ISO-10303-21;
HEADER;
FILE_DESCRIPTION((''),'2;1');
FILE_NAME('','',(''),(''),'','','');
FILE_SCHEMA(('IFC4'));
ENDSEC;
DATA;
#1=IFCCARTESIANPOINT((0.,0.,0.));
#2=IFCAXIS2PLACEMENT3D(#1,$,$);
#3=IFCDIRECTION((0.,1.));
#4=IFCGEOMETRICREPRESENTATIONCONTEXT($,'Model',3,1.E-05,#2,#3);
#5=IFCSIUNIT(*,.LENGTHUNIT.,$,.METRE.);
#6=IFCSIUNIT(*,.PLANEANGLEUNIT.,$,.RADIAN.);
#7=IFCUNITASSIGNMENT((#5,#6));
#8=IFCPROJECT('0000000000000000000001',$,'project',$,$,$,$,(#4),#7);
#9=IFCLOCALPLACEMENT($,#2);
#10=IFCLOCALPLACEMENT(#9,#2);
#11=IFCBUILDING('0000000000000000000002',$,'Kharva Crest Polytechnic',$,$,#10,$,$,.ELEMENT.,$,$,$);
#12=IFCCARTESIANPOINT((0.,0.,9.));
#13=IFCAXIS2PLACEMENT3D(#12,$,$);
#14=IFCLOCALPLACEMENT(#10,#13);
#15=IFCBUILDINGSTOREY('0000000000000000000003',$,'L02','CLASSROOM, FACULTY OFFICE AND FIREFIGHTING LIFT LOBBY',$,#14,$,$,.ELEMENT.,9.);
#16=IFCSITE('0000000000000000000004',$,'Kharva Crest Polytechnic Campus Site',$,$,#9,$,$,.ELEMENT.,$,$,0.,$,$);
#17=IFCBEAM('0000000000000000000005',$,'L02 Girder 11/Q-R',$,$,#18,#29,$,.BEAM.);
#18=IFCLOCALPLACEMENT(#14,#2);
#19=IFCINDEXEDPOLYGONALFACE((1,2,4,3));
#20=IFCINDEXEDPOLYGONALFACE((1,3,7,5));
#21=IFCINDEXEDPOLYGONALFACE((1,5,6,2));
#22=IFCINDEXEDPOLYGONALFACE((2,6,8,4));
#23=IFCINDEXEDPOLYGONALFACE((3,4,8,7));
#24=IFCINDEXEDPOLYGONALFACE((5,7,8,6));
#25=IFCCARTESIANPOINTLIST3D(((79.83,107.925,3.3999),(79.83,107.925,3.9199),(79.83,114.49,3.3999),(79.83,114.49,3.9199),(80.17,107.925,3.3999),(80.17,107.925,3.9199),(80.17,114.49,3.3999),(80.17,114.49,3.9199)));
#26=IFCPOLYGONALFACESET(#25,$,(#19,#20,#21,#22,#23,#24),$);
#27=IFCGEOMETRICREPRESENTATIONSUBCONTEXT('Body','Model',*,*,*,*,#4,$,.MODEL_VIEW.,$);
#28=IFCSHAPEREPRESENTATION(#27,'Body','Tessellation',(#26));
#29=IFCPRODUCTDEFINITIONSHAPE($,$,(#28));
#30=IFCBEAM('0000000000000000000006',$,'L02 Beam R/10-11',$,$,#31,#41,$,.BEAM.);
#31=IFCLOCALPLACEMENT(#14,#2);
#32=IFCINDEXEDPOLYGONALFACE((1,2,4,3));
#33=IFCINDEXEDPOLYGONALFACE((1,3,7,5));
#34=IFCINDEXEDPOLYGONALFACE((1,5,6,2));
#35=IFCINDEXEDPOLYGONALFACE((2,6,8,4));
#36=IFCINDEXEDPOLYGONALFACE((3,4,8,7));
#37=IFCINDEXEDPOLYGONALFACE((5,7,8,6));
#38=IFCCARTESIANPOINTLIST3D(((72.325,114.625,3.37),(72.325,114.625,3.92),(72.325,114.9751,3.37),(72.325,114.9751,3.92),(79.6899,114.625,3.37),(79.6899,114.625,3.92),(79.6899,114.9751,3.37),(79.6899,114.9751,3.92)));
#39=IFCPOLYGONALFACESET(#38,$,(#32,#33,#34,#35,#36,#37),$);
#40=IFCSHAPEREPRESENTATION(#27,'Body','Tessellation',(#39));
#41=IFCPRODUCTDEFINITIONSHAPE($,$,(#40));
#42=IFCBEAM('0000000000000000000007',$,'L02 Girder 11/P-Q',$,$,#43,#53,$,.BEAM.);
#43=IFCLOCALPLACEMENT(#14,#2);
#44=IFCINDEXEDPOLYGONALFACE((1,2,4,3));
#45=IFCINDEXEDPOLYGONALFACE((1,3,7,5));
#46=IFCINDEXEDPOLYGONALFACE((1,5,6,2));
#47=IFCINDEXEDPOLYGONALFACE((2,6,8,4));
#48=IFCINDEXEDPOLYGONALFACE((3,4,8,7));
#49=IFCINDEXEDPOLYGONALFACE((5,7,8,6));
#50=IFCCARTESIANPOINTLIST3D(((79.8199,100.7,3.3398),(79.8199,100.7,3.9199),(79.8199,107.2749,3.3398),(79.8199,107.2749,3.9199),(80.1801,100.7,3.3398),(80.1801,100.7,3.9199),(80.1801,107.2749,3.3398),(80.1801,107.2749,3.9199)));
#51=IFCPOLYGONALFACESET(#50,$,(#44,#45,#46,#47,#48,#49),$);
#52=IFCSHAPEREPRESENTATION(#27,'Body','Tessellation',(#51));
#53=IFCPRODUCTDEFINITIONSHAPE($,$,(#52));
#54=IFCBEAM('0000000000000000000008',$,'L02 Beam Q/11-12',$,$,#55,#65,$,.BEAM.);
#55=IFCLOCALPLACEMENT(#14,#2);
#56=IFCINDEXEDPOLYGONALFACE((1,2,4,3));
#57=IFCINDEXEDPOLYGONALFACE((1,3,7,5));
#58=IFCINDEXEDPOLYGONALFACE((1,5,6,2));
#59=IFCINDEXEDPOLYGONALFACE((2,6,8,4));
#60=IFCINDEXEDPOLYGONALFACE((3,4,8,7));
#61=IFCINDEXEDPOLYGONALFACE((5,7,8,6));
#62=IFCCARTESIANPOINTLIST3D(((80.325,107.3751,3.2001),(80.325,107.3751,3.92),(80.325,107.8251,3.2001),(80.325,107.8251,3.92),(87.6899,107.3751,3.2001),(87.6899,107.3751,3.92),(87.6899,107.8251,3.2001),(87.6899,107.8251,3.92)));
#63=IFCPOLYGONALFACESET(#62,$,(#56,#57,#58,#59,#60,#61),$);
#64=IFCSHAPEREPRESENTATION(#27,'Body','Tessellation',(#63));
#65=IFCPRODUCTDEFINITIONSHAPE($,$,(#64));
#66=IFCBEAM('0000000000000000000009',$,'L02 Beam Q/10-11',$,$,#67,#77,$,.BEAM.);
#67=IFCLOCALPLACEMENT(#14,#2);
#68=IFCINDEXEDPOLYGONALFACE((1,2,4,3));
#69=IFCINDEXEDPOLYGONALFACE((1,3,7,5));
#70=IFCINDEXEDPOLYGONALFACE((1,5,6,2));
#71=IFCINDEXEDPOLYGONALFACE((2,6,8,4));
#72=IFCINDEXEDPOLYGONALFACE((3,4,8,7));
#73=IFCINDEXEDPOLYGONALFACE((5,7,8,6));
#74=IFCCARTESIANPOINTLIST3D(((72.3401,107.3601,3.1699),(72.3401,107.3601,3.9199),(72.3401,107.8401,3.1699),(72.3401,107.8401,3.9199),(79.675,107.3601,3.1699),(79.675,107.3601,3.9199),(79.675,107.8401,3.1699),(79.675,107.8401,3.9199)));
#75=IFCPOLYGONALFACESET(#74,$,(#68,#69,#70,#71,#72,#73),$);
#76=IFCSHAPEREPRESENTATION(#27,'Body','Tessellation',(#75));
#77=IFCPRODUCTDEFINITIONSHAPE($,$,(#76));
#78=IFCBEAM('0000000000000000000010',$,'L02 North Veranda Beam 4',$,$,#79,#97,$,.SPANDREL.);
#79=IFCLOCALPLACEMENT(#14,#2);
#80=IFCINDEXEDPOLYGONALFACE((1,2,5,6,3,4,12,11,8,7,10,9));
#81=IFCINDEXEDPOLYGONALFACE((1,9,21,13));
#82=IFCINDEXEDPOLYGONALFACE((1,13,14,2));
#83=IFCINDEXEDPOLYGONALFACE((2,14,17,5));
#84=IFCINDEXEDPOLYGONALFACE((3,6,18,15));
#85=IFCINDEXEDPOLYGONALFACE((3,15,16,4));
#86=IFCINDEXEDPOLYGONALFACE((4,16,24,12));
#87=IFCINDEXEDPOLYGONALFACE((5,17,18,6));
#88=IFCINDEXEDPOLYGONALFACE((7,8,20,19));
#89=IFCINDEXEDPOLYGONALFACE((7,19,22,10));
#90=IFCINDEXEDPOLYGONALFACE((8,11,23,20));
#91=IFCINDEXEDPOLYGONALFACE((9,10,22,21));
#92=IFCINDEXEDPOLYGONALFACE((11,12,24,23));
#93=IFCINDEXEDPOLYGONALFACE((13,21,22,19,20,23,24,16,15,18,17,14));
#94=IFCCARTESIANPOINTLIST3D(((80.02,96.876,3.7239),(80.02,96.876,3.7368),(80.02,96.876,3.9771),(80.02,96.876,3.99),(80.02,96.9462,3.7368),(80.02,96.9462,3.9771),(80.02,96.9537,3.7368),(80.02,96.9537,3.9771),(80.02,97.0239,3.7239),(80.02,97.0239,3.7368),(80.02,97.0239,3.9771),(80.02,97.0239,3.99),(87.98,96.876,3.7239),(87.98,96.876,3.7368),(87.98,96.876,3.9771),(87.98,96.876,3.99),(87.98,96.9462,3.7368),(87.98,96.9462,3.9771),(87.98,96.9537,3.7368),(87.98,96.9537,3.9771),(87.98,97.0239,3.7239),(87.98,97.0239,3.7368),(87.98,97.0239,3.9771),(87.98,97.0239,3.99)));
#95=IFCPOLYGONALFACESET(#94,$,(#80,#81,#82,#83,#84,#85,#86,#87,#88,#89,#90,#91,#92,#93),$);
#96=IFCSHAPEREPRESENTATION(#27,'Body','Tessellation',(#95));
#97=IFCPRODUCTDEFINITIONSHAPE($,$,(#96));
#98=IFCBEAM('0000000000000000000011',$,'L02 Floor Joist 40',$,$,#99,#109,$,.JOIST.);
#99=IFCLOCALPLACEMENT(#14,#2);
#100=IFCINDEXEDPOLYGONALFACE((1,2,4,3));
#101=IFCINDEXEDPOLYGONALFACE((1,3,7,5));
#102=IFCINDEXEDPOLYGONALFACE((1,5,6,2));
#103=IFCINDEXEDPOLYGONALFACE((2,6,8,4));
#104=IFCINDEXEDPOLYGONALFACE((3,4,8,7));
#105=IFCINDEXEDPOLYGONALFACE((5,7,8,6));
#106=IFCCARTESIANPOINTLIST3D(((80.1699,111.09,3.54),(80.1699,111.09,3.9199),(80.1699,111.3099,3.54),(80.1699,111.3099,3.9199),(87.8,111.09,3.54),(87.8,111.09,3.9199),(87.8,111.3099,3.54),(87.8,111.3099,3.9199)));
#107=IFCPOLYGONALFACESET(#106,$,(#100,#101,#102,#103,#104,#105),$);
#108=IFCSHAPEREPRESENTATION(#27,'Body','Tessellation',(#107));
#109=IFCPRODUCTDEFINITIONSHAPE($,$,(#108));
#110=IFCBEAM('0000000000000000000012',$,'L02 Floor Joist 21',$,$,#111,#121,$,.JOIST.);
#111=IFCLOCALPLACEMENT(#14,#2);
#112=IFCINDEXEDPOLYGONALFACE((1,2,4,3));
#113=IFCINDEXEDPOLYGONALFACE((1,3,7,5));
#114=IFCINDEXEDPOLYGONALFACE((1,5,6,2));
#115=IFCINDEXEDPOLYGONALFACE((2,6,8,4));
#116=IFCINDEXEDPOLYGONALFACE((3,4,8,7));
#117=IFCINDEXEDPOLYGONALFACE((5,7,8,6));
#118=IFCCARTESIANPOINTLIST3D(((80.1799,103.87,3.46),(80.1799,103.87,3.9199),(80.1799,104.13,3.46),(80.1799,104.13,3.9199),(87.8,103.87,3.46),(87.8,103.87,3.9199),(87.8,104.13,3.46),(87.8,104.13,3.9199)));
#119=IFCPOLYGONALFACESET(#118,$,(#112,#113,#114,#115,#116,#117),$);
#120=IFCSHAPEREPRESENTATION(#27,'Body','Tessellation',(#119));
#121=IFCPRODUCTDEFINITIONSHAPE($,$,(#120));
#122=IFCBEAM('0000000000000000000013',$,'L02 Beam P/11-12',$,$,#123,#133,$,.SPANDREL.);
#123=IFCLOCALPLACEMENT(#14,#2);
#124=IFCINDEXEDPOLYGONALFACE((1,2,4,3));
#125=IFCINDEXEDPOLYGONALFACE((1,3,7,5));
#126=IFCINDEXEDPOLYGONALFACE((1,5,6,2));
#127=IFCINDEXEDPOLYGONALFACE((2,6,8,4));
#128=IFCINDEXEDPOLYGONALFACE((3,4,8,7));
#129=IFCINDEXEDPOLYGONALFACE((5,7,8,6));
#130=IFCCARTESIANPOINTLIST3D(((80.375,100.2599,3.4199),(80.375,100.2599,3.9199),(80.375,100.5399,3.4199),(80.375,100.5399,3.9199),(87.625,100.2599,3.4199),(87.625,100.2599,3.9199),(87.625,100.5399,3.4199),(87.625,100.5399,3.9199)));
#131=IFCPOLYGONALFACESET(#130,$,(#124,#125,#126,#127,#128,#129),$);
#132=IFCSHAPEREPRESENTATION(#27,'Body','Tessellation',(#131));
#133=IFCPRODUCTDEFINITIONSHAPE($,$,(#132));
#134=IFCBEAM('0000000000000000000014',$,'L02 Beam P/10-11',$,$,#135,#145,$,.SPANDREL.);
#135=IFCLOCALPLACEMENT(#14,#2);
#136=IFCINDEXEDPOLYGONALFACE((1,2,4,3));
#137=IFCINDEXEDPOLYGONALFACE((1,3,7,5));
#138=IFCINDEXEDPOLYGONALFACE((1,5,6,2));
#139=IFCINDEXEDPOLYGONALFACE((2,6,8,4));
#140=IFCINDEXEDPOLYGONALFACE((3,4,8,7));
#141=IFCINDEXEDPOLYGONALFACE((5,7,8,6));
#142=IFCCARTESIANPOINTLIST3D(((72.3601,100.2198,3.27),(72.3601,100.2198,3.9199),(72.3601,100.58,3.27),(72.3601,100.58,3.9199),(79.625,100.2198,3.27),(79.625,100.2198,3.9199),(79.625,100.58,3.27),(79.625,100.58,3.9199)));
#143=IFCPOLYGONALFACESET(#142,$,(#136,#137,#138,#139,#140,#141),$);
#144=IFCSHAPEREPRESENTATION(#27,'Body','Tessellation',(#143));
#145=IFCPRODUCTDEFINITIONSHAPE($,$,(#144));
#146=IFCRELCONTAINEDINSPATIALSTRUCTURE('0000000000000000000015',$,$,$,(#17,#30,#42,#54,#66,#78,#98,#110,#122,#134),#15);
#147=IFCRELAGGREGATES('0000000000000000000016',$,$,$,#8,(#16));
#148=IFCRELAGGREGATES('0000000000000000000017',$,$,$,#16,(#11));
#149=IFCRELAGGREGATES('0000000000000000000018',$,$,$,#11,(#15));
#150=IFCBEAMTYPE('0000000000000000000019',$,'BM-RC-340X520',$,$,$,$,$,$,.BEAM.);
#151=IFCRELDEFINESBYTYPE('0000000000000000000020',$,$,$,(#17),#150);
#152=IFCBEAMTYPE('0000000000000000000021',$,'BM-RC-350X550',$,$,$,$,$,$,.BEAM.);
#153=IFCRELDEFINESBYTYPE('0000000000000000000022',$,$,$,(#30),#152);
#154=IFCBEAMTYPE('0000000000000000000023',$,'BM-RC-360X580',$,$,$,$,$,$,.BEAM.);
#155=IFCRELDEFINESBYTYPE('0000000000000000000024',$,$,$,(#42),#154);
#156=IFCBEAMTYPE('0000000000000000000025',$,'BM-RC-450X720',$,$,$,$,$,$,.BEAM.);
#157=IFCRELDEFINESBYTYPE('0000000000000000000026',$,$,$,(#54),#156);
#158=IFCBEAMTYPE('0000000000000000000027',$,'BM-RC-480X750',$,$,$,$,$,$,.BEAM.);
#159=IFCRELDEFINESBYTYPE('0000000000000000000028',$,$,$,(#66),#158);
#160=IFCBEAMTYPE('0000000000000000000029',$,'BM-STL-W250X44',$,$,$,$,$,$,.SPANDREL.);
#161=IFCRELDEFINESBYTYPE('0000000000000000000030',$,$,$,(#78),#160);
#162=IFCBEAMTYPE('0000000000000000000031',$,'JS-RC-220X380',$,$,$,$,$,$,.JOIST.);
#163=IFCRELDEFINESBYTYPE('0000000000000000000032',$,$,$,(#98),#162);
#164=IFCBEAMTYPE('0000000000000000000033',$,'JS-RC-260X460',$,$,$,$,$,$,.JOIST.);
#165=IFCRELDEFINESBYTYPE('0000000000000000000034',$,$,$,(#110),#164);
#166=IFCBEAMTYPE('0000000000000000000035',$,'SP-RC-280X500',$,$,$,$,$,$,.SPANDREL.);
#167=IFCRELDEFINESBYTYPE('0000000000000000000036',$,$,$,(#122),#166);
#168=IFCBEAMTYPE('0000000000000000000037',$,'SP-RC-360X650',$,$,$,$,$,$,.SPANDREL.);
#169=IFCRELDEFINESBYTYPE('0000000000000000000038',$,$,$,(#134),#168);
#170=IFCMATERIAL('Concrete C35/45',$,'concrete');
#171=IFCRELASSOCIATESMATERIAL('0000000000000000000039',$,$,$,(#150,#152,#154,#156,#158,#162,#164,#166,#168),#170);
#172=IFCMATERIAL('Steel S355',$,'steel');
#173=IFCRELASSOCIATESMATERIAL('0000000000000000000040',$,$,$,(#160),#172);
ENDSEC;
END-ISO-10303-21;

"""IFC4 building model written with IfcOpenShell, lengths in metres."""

from ifc_helpers import new_model, si_unit, direction, frame, origin, origin_2d, place, context, subcontext, project, spatial, rectangle, i_section, extrude, material, material_profile, profile_set, type_object, element, save


model = new_model("IFC4")

# Units and contexts
model_context = context("Model", 3, precision=1e-05, world=origin(), true_north=direction((0.0, 1.0)))
body_context = subcontext(model_context, "Body", "Model", "MODEL_VIEW")
ifc_project = project(units=[si_unit("LENGTHUNIT", "METRE"), si_unit("PLANEANGLEUNIT", "RADIAN")], contexts=[model_context])

# Site, building, storey
site_placement = place(None, origin())
site = spatial("IfcSite", under=ifc_project, at=site_placement, Name="Kharva Crest Polytechnic Campus Site", CompositionType="ELEMENT", RefElevation=0.0)
building_placement = place(site_placement, origin())
building = spatial("IfcBuilding", under=site, at=building_placement, Name="Kharva Crest Polytechnic", CompositionType="ELEMENT")
storey_placement = place(building_placement, frame((0.0, 0.0, 9.0)))
storey = spatial("IfcBuildingStorey", under=building, at=storey_placement, Name="L02", Description="CLASSROOM, FACULTY OFFICE AND FIREFIGHTING LIFT LOBBY", CompositionType="ELEMENT", Elevation=9.0)

# Shared definitions
ifc_material_1 = material(Name="Steel S355", Category="steel")

# Beams
ifc_material_2 = material(Name="Concrete C35/45", Category="concrete")
ifc_material_profile_1 = material_profile(ifc_material_2, rectangle(XDim=0.3401, YDim=0.52, at=origin_2d()), Name="RECT 340 X 520")
ifc_profile_set_1 = profile_set([ifc_material_profile_1], Name="Concrete C35/45")
beam_type_1 = type_object("IfcBeamType", Name="BM-RC-340X520", PredefinedType="BEAM", material=ifc_profile_set_1)
beam_1_placement = place(storey_placement, frame((80.0, 107.925, 3.6599), z_axis=(0.0, 1.0, 0.0), x_axis=(-1.0, 0.0, 0.0)))
element("IfcBeam", 1, at=beam_1_placement, inside=storey, type_object=beam_type_1, Name="L02 Girder 11/Q-R", PredefinedType="BEAM", context=body_context, shape_type="SweptSolid", body=[
    extrude(rectangle(XDim=0.3401, YDim=0.52, at=origin_2d()), origin(), (0.0, 0.0, 1.0), 6.5649),
])
ifc_material_profile_2 = material_profile(ifc_material_2, rectangle(XDim=0.3501, YDim=0.55, at=origin_2d()), Name="RECT 350 X 550")
ifc_profile_set_2 = profile_set([ifc_material_profile_2], Name="Concrete C35/45")
beam_type_2 = type_object("IfcBeamType", Name="BM-RC-350X550", PredefinedType="BEAM", material=ifc_profile_set_2)
beam_2_placement = place(storey_placement, frame((72.325, 114.8, 3.645), z_axis=(1.0, 0.0, 0.0), x_axis=(0.0, 1.0, 0.0)))
element("IfcBeam", 2, at=beam_2_placement, inside=storey, type_object=beam_type_2, Name="L02 Beam R/10-11", PredefinedType="BEAM", context=body_context, shape_type="SweptSolid", body=[
    extrude(rectangle(XDim=0.3501, YDim=0.55, at=origin_2d()), origin(), (0.0, 0.0, 1.0), 7.365),
])
ifc_material_profile_3 = material_profile(ifc_material_2, rectangle(XDim=0.3601, YDim=0.5801, at=origin_2d()), Name="RECT 360 X 580")
ifc_profile_set_3 = profile_set([ifc_material_profile_3], Name="Concrete C35/45")
beam_type_3 = type_object("IfcBeamType", Name="BM-RC-360X580", PredefinedType="BEAM", material=ifc_profile_set_3)
beam_3_placement = place(storey_placement, frame((80.0, 100.7, 3.6299), z_axis=(0.0, 1.0, 0.0), x_axis=(-1.0, 0.0, 0.0)))
element("IfcBeam", 3, at=beam_3_placement, inside=storey, type_object=beam_type_3, Name="L02 Girder 11/P-Q", PredefinedType="BEAM", context=body_context, shape_type="SweptSolid", body=[
    extrude(rectangle(XDim=0.3601, YDim=0.5801, at=origin_2d()), origin(), (0.0, 0.0, 1.0), 6.575),
])
ifc_material_profile_4 = material_profile(ifc_material_2, rectangle(XDim=0.45, YDim=0.72, at=origin_2d()), Name="RECT 450 X 720")
ifc_profile_set_4 = profile_set([ifc_material_profile_4], Name="Concrete C35/45")
beam_type_4 = type_object("IfcBeamType", Name="BM-RC-450X720", PredefinedType="BEAM", material=ifc_profile_set_4)
beam_4_placement = place(storey_placement, frame((80.325, 107.6001, 3.5601), z_axis=(1.0, 0.0, 0.0), x_axis=(0.0, 1.0, 0.0)))
element("IfcBeam", 4, at=beam_4_placement, inside=storey, type_object=beam_type_4, Name="L02 Beam Q/11-12", PredefinedType="BEAM", context=body_context, shape_type="SweptSolid", body=[
    extrude(rectangle(XDim=0.45, YDim=0.72, at=origin_2d()), origin(), (0.0, 0.0, 1.0), 7.365),
])
ifc_material_profile_5 = material_profile(ifc_material_2, rectangle(XDim=0.48, YDim=0.75, at=origin_2d()), Name="RECT 480 X 750")
ifc_profile_set_5 = profile_set([ifc_material_profile_5], Name="Concrete C35/45")
beam_type_5 = type_object("IfcBeamType", Name="BM-RC-480X750", PredefinedType="BEAM", material=ifc_profile_set_5)
beam_5_placement = place(storey_placement, frame((72.3401, 107.6001, 3.5449), z_axis=(1.0, 0.0, 0.0), x_axis=(0.0, 1.0, 0.0)))
element("IfcBeam", 5, at=beam_5_placement, inside=storey, type_object=beam_type_5, Name="L02 Beam Q/10-11", PredefinedType="BEAM", context=body_context, shape_type="SweptSolid", body=[
    extrude(rectangle(XDim=0.48, YDim=0.75, at=origin_2d()), origin(), (0.0, 0.0, 1.0), 7.335),
])
ifc_material_profile_6 = material_profile(ifc_material_1, i_section(OverallWidth=0.1479, OverallDepth=0.2661, WebThickness=0.0076, FlangeThickness=0.0129, at=origin_2d()), Name="W250X44.8")
ifc_profile_set_6 = profile_set([ifc_material_profile_6], Name="Steel S355")
beam_type_6 = type_object("IfcBeamType", Name="BM-STL-W250X44", PredefinedType="SPANDREL", material=ifc_profile_set_6)
beam_6_placement = place(storey_placement, frame((80.02, 96.95, 3.8569), z_axis=(1.0, 0.0, 0.0), x_axis=(0.0, 1.0, 0.0)))
element("IfcBeam", 6, at=beam_6_placement, inside=storey, type_object=beam_type_6, Name="L02 North Veranda Beam 4", PredefinedType="SPANDREL", context=body_context, shape_type="SweptSolid", body=[
    extrude(i_section(OverallWidth=0.1479, OverallDepth=0.2661, WebThickness=0.0076, FlangeThickness=0.0129, at=origin_2d()), origin(), (0.0, 0.0, 1.0), 7.96),
])
ifc_material_profile_7 = material_profile(ifc_material_2, rectangle(XDim=0.22, YDim=0.3799, at=origin_2d()), Name="RECT 220 X 380")
ifc_profile_set_7 = profile_set([ifc_material_profile_7], Name="Concrete C35/45")
beam_type_7 = type_object("IfcBeamType", Name="JS-RC-220X380", PredefinedType="JOIST", material=ifc_profile_set_7)
beam_7_placement = place(storey_placement, frame((80.1699, 111.2, 3.73), z_axis=(1.0, 0.0, 0.0), x_axis=(0.0, 1.0, 0.0)))
element("IfcBeam", 7, at=beam_7_placement, inside=storey, type_object=beam_type_7, Name="L02 Floor Joist 40", PredefinedType="JOIST", context=body_context, shape_type="SweptSolid", body=[
    extrude(rectangle(XDim=0.22, YDim=0.3799, at=origin_2d()), origin(), (0.0, 0.0, 1.0), 7.6301),
])
ifc_material_profile_8 = material_profile(ifc_material_2, rectangle(XDim=0.26, YDim=0.46, at=origin_2d()), Name="RECT 260 X 460")
ifc_profile_set_8 = profile_set([ifc_material_profile_8], Name="Concrete C35/45")
beam_type_8 = type_object("IfcBeamType", Name="JS-RC-260X460", PredefinedType="JOIST", material=ifc_profile_set_8)
beam_8_placement = place(storey_placement, frame((80.1799, 104.0, 3.6899), z_axis=(1.0, 0.0, 0.0), x_axis=(0.0, 1.0, 0.0)))
element("IfcBeam", 8, at=beam_8_placement, inside=storey, type_object=beam_type_8, Name="L02 Floor Joist 21", PredefinedType="JOIST", context=body_context, shape_type="SweptSolid", body=[
    extrude(rectangle(XDim=0.26, YDim=0.46, at=origin_2d()), origin(), (0.0, 0.0, 1.0), 7.6201),
])
ifc_material_profile_9 = material_profile(ifc_material_2, rectangle(XDim=0.28, YDim=0.5, at=origin_2d()), Name="RECT 280 X 500")
ifc_profile_set_9 = profile_set([ifc_material_profile_9], Name="Concrete C35/45")
beam_type_9 = type_object("IfcBeamType", Name="SP-RC-280X500", PredefinedType="SPANDREL", material=ifc_profile_set_9)
beam_9_placement = place(storey_placement, frame((80.375, 100.3999, 3.6699), z_axis=(1.0, 0.0, 0.0), x_axis=(0.0, 1.0, 0.0)))
element("IfcBeam", 9, at=beam_9_placement, inside=storey, type_object=beam_type_9, Name="L02 Beam P/11-12", PredefinedType="SPANDREL", context=body_context, shape_type="SweptSolid", body=[
    extrude(rectangle(XDim=0.28, YDim=0.5, at=origin_2d()), origin(), (0.0, 0.0, 1.0), 7.25),
])
ifc_material_profile_10 = material_profile(ifc_material_2, rectangle(XDim=0.3601, YDim=0.6499, at=origin_2d()), Name="RECT 360 X 650")
ifc_profile_set_10 = profile_set([ifc_material_profile_10], Name="Concrete C35/45")
beam_type_10 = type_object("IfcBeamType", Name="SP-RC-360X650", PredefinedType="SPANDREL", material=ifc_profile_set_10)
beam_10_placement = place(storey_placement, frame((72.3601, 100.3999, 3.595), z_axis=(1.0, 0.0, 0.0), x_axis=(0.0, 1.0, 0.0)))
element("IfcBeam", 10, at=beam_10_placement, inside=storey, type_object=beam_type_10, Name="L02 Beam P/10-11", PredefinedType="SPANDREL", context=body_context, shape_type="SweptSolid", body=[
    extrude(rectangle(XDim=0.3601, YDim=0.6499, at=origin_2d()), origin(), (0.0, 0.0, 1.0), 7.2649),
])

save(model, "model.ifc")
